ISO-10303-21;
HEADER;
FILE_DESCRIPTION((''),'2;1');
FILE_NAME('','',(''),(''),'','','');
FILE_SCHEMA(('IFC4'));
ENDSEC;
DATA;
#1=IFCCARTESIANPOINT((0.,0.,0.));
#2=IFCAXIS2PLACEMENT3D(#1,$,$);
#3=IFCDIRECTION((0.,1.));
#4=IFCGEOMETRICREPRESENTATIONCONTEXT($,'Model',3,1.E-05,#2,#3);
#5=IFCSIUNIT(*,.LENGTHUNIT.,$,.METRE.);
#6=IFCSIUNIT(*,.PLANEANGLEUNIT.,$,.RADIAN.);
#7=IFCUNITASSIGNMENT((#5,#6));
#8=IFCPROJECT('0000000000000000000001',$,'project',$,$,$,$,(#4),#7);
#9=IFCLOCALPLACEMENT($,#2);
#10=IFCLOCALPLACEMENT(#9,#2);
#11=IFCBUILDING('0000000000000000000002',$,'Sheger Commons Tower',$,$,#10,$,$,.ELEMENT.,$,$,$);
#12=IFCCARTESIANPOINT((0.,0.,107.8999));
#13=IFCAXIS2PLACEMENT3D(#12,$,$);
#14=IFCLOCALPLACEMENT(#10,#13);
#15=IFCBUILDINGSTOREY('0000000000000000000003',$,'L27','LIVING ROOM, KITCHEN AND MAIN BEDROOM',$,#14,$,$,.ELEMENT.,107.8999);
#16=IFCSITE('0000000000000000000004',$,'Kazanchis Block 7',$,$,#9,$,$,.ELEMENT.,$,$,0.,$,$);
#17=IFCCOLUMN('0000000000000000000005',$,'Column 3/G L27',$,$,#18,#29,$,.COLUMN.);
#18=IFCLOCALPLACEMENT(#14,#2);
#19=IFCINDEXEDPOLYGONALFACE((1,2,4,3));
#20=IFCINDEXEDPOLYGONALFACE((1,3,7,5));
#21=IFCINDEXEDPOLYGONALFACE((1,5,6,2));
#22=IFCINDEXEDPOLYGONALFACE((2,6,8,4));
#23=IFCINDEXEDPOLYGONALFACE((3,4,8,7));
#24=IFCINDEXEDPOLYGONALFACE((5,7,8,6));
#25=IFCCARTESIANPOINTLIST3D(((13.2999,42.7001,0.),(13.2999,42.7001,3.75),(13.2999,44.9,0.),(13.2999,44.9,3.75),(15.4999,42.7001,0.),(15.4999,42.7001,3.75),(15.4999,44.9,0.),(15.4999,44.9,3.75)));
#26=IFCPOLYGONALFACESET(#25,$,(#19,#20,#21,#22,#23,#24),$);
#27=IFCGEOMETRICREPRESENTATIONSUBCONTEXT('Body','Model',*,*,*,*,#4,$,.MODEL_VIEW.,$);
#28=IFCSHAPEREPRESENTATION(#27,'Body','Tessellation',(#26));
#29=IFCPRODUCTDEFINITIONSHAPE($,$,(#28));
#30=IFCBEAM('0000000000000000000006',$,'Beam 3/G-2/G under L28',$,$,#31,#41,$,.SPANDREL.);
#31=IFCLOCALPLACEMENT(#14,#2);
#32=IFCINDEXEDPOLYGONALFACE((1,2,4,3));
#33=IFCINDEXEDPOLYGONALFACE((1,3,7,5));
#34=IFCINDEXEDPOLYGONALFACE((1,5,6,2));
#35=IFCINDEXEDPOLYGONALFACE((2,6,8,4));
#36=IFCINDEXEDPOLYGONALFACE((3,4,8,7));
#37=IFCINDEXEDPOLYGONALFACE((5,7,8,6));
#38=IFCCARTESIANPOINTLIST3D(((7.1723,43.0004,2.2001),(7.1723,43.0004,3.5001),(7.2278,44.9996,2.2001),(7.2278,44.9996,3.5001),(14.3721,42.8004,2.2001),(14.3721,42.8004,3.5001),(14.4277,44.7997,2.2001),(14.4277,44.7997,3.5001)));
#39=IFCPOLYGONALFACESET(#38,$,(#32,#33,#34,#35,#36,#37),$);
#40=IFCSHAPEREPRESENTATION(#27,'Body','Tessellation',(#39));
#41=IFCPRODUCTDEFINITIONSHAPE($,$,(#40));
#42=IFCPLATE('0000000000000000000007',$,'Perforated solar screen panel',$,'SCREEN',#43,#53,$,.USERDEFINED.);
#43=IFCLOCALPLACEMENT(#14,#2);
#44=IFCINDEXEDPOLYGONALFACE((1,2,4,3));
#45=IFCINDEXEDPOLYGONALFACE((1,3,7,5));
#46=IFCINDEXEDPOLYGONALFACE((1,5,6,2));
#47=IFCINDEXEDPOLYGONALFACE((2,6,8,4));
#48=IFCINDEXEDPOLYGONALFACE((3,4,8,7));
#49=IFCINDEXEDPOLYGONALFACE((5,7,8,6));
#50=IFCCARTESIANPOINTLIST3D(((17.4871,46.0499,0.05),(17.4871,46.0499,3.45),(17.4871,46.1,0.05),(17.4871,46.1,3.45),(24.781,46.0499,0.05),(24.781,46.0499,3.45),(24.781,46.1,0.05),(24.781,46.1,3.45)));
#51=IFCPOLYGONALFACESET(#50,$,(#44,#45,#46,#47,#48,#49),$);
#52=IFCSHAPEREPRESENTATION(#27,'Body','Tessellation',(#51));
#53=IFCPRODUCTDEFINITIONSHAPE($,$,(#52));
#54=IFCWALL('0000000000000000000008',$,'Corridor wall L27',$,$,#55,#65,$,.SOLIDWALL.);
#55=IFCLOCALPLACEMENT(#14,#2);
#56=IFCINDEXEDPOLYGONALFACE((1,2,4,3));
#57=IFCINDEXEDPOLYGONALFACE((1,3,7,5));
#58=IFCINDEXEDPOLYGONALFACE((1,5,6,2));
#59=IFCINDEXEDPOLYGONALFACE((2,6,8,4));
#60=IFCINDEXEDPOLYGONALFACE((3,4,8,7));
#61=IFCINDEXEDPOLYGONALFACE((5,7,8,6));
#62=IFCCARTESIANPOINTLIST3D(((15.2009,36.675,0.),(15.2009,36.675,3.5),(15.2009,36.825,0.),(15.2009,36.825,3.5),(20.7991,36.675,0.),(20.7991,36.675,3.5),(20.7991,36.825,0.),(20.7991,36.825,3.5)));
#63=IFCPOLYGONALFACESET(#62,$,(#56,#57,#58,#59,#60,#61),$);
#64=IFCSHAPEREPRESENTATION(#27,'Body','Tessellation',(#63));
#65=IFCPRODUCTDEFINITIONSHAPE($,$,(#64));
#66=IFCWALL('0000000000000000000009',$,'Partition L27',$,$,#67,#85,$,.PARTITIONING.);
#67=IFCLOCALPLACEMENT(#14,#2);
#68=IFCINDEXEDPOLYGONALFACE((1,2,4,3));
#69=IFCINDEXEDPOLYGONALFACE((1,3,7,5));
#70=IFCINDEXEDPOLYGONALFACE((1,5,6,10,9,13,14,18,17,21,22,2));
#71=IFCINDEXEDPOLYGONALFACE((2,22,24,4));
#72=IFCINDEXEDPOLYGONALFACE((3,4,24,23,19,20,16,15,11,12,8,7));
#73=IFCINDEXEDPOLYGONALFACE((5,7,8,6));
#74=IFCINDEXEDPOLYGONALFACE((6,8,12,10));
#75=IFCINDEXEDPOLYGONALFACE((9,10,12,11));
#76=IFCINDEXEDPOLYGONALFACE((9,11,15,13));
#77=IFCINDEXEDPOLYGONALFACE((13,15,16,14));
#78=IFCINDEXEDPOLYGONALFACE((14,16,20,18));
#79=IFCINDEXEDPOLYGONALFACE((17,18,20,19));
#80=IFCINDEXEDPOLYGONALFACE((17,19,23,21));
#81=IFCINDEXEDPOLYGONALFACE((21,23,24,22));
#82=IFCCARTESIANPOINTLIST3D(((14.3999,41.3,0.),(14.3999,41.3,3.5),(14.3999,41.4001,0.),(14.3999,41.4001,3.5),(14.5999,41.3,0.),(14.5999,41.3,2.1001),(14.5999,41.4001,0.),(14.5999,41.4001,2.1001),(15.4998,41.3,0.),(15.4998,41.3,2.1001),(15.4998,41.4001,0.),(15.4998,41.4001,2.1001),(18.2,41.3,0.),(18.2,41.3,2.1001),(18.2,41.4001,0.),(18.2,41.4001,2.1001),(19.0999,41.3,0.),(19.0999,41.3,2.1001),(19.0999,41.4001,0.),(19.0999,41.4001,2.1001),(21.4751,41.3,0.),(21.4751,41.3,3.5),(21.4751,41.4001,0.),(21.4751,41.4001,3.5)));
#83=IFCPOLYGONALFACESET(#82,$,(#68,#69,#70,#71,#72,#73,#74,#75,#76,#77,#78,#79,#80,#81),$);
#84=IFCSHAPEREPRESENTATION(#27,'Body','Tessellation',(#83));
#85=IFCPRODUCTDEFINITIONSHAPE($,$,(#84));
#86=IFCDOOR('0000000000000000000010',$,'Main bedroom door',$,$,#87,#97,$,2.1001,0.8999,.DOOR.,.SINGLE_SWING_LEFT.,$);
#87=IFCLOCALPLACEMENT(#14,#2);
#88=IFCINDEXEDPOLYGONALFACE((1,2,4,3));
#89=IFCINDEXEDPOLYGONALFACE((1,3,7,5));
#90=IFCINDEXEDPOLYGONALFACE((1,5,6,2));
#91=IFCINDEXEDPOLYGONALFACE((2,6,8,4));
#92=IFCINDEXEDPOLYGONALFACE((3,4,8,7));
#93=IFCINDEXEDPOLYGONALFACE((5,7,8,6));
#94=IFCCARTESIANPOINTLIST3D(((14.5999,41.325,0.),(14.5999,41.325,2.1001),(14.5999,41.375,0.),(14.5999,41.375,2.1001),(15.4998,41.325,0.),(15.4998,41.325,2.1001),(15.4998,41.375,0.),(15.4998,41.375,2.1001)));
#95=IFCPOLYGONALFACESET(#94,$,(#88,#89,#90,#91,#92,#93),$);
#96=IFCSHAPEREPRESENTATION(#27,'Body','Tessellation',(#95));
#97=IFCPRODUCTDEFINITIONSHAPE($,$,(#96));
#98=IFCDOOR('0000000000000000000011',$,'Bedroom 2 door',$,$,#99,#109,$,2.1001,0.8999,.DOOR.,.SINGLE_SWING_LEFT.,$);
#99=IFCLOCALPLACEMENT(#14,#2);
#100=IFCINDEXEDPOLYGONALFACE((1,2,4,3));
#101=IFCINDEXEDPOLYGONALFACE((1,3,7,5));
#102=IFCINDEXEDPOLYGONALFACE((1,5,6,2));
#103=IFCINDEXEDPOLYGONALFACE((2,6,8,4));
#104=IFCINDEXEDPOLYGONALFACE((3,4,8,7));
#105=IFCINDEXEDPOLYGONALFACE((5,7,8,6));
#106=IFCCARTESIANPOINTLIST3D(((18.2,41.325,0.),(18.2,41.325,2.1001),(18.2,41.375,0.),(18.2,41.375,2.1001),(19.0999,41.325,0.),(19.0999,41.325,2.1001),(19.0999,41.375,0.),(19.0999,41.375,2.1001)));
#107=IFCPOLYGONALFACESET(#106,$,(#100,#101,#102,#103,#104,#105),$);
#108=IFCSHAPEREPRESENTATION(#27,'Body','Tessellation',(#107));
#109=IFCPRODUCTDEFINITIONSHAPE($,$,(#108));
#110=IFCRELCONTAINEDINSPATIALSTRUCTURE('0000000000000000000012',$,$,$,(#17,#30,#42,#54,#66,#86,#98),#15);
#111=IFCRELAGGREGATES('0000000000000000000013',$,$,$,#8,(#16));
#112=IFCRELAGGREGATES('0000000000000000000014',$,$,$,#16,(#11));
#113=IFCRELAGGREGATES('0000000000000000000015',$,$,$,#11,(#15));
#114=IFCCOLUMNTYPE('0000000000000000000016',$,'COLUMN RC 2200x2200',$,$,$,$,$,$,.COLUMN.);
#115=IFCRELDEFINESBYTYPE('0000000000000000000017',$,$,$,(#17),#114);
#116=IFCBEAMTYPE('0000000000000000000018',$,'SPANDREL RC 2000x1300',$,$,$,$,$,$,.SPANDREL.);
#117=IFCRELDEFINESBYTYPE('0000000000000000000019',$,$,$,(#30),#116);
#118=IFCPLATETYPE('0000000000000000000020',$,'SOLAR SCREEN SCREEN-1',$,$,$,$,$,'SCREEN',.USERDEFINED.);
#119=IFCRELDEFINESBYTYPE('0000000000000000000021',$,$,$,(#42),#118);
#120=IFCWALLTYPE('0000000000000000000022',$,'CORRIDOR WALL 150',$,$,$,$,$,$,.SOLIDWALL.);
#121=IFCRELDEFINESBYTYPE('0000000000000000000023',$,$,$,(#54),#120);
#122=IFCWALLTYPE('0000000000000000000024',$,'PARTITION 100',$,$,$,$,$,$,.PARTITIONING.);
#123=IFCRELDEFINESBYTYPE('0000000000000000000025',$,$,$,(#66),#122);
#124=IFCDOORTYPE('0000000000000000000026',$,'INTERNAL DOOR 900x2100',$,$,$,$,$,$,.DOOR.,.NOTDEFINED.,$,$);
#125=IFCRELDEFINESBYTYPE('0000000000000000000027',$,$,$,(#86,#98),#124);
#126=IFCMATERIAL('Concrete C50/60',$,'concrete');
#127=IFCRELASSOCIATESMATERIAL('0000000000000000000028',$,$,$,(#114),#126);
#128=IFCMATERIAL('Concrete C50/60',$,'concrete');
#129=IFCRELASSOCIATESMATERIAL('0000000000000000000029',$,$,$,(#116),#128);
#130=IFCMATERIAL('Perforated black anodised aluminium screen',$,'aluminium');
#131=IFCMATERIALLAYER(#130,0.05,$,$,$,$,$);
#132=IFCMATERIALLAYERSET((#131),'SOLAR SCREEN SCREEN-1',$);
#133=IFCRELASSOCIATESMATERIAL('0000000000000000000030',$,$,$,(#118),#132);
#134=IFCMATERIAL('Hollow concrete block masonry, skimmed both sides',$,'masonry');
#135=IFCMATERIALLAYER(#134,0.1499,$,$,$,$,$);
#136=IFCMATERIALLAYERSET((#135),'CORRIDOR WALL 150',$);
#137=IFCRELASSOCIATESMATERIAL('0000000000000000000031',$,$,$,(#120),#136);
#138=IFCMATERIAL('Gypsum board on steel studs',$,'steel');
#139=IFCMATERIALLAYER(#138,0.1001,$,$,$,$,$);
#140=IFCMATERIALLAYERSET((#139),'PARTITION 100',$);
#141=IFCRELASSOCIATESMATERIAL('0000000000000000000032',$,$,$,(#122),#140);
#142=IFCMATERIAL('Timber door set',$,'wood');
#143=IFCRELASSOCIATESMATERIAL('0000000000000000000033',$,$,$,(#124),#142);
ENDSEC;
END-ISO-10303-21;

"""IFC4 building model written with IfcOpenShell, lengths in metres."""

from ifc_helpers import new_model, si_unit, direction, frame, frame_2d, origin, origin_2d, place, context, subcontext, project, spatial, rectangle, extrude, material, layer, layer_set, material_profile, profile_set, type_object, element, fill, save


model = new_model("IFC4")

# Units and contexts
model_context = context("Model", 3, precision=1e-05, world=origin(), true_north=direction((0.0, 1.0)))
body_context = subcontext(model_context, "Body", "Model", "MODEL_VIEW")
ifc_project = project(units=[si_unit("LENGTHUNIT", "METRE"), si_unit("PLANEANGLEUNIT", "RADIAN")], contexts=[model_context])

# Site, building, storey
site_placement = place(None, origin())
site = spatial("IfcSite", under=ifc_project, at=site_placement, Name="Kazanchis Block 7", CompositionType="ELEMENT", RefElevation=0.0)
building_placement = place(site_placement, origin())
building = spatial("IfcBuilding", under=site, at=building_placement, Name="Sheger Commons Tower", CompositionType="ELEMENT")
storey_placement = place(building_placement, frame((0.0, 0.0, 107.8999)))
storey = spatial("IfcBuildingStorey", under=building, at=storey_placement, Name="L27", Description="LIVING ROOM, KITCHEN AND MAIN BEDROOM", CompositionType="ELEMENT", Elevation=107.8999)

# Column
ifc_material_1 = material(Name="Concrete C50/60", Category="concrete")
ifc_material_profile_1 = material_profile(ifc_material_1, rectangle(XDim=2.2, YDim=2.2, at=origin_2d()), Name="RC 2200x2200")
ifc_profile_set_1 = profile_set([ifc_material_profile_1], Name="Concrete C50/60")
column_type = type_object("IfcColumnType", Name="COLUMN RC 2200x2200", PredefinedType="COLUMN", material=ifc_profile_set_1)
column_placement = place(storey_placement, frame((14.3999, 43.8, 0.0), z_axis=(0.0, 0.0, 1.0), x_axis=(1.0, 0.0, 0.0)))
element("IfcColumn", 1, at=column_placement, inside=storey, type_object=column_type, Name="Column 3/G L27", PredefinedType="COLUMN", context=body_context, shape_type="SweptSolid", body=[
    extrude(rectangle(XDim=2.2, YDim=2.2, at=origin_2d()), origin(), (0.0, 0.0, 1.0), 3.75),
])

# Beam
ifc_material_2 = material(Name="Concrete C50/60", Category="concrete")
ifc_material_profile_2 = material_profile(ifc_material_2, rectangle(XDim=2.0, YDim=1.3, at=origin_2d()), Name="RC 2000x1300")
ifc_profile_set_2 = profile_set([ifc_material_profile_2], Name="Concrete C50/60")
beam_type = type_object("IfcBeamType", Name="SPANDREL RC 2000x1300", PredefinedType="SPANDREL", material=ifc_profile_set_2)
beam_placement = place(storey_placement, frame((14.3999, 43.8, 2.8501), z_axis=(-0.999615, 0.02776, 0.0), x_axis=(-0.02776, -0.999615, 0.0)))
element("IfcBeam", 2, at=beam_placement, inside=storey, type_object=beam_type, Name="Beam 3/G-2/G under L28", PredefinedType="SPANDREL", context=body_context, shape_type="SweptSolid", body=[
    extrude(rectangle(XDim=2.0, YDim=1.3, at=origin_2d()), origin(), (0.0, 0.0, 1.0), 7.2026),
])

# Plate
ifc_material_3 = material(Name="Perforated black anodised aluminium screen", Category="aluminium")
ifc_layer_1 = layer(ifc_material_3, 0.05)
ifc_layer_set_1 = layer_set([ifc_layer_1], Name="SOLAR SCREEN SCREEN-1")
plate_type = type_object("IfcPlateType", Name="SOLAR SCREEN SCREEN-1", ElementType="SCREEN", PredefinedType="USERDEFINED", material=ifc_layer_set_1)
plate_placement = place(storey_placement, frame((21.134, 46.075, 0.05), z_axis=(0.0, 0.0, 1.0), x_axis=(-1.0, 0.0, 0.0)))
element("IfcPlate", 3, at=plate_placement, inside=storey, type_object=plate_type, Name="Perforated solar screen panel", ObjectType="SCREEN", PredefinedType="USERDEFINED", context=body_context, shape_type="SweptSolid", body=[
    extrude(rectangle(XDim=7.2939, YDim=0.05, at=origin_2d()), origin(), (0.0, 0.0, 1.0), 3.3999),
])

# Wall
ifc_material_4 = material(Name="Hollow concrete block masonry, skimmed both sides", Category="masonry")
ifc_layer_2 = layer(ifc_material_4, 0.1499)
ifc_layer_set_2 = layer_set([ifc_layer_2], Name="CORRIDOR WALL 150")
wall_type_1 = type_object("IfcWallType", Name="CORRIDOR WALL 150", PredefinedType="SOLIDWALL", material=ifc_layer_set_2)
wall_1_placement = place(storey_placement, frame((15.2009, 36.75, 0.0), z_axis=(0.0, 0.0, 1.0), x_axis=(1.0, 0.0, 0.0)))
element("IfcWall", 4, at=wall_1_placement, inside=storey, type_object=wall_type_1, Name="Corridor wall L27", PredefinedType="SOLIDWALL", context=body_context, shape_type="SweptSolid", body=[
    extrude(rectangle(XDim=5.5981, YDim=0.1499, at=frame_2d((2.7991, 0.0))), origin(), (0.0, 0.0, 1.0), 3.5),
])

# Wall, openings, doors
ifc_material_5 = material(Name="Gypsum board on steel studs", Category="steel")
ifc_layer_3 = layer(ifc_material_5, 0.1001)
ifc_layer_set_3 = layer_set([ifc_layer_3], Name="PARTITION 100")
wall_type_2 = type_object("IfcWallType", Name="PARTITION 100", PredefinedType="PARTITIONING", material=ifc_layer_set_3)
wall_2_placement = place(storey_placement, frame((14.3999, 41.3501, 0.0), z_axis=(0.0, 0.0, 1.0), x_axis=(1.0, 0.0, 0.0)))
wall_2 = element("IfcWall", 5, at=wall_2_placement, inside=storey, type_object=wall_type_2, Name="Partition L27", PredefinedType="PARTITIONING", context=body_context, shape_type="SweptSolid", body=[
    extrude(rectangle(XDim=7.0752, YDim=0.1001, at=frame_2d((3.5376, 0.0))), origin(), (0.0, 0.0, 1.0), 3.5),
])
opening_1_placement = place(wall_2_placement, frame((0.2, 0.0, 0.0)))
opening_1 = element("IfcOpeningElement", 6, at=opening_1_placement, cuts=wall_2, PredefinedType="OPENING", context=body_context, shape_type="SweptSolid", body=[
    extrude(rectangle(XDim=0.8999, YDim=2.1001, at=frame_2d((0.45, 1.05))), frame((0.0, 0.0601, 0.0), z_axis=(0.0, -1.0, 0.0), x_axis=(1.0, 0.0, 0.0)), (0.0, 0.0, 1.0), 0.1201),
])
opening_2_placement = place(wall_2_placement, frame((3.8, 0.0, 0.0)))
opening_2 = element("IfcOpeningElement", 7, at=opening_2_placement, cuts=wall_2, PredefinedType="OPENING", context=body_context, shape_type="SweptSolid", body=[
    extrude(rectangle(XDim=0.8999, YDim=2.1001, at=frame_2d((0.45, 1.05))), frame((0.0, 0.0601, 0.0), z_axis=(0.0, -1.0, 0.0), x_axis=(1.0, 0.0, 0.0)), (0.0, 0.0, 1.0), 0.1201),
])
ifc_material_6 = material(Name="Timber door set", Category="wood")
door_type = type_object("IfcDoorType", Name="INTERNAL DOOR 900x2100", OperationType="NOTDEFINED", PredefinedType="DOOR", material=ifc_material_6)
door_1_placement = place(opening_1_placement, origin())
door_1 = element("IfcDoor", 8, at=door_1_placement, inside=storey, type_object=door_type, Name="Main bedroom door", OperationType="SINGLE_SWING_LEFT", OverallHeight=2.1001, OverallWidth=0.8999, PredefinedType="DOOR", context=body_context, shape_type="SweptSolid", body=[
    extrude(rectangle(XDim=0.8999, YDim=2.1001, at=frame_2d((0.45, 1.05))), frame((0.0, 0.0249, 0.0), z_axis=(0.0, -1.0, 0.0), x_axis=(1.0, 0.0, 0.0)), (0.0, 0.0, 1.0), 0.05),
])
fill(opening_1, door_1)
door_2_placement = place(opening_2_placement, origin())
door_2 = element("IfcDoor", 9, at=door_2_placement, inside=storey, type_object=door_type, Name="Bedroom 2 door", OperationType="SINGLE_SWING_LEFT", OverallHeight=2.1001, OverallWidth=0.8999, PredefinedType="DOOR", context=body_context, shape_type="SweptSolid", body=[
    extrude(rectangle(XDim=0.8999, YDim=2.1001, at=frame_2d((0.45, 1.05))), frame((0.0, 0.0249, 0.0), z_axis=(0.0, -1.0, 0.0), x_axis=(1.0, 0.0, 0.0)), (0.0, 0.0, 1.0), 0.05),
])
fill(opening_2, door_2)

save(model, "model.ifc")
